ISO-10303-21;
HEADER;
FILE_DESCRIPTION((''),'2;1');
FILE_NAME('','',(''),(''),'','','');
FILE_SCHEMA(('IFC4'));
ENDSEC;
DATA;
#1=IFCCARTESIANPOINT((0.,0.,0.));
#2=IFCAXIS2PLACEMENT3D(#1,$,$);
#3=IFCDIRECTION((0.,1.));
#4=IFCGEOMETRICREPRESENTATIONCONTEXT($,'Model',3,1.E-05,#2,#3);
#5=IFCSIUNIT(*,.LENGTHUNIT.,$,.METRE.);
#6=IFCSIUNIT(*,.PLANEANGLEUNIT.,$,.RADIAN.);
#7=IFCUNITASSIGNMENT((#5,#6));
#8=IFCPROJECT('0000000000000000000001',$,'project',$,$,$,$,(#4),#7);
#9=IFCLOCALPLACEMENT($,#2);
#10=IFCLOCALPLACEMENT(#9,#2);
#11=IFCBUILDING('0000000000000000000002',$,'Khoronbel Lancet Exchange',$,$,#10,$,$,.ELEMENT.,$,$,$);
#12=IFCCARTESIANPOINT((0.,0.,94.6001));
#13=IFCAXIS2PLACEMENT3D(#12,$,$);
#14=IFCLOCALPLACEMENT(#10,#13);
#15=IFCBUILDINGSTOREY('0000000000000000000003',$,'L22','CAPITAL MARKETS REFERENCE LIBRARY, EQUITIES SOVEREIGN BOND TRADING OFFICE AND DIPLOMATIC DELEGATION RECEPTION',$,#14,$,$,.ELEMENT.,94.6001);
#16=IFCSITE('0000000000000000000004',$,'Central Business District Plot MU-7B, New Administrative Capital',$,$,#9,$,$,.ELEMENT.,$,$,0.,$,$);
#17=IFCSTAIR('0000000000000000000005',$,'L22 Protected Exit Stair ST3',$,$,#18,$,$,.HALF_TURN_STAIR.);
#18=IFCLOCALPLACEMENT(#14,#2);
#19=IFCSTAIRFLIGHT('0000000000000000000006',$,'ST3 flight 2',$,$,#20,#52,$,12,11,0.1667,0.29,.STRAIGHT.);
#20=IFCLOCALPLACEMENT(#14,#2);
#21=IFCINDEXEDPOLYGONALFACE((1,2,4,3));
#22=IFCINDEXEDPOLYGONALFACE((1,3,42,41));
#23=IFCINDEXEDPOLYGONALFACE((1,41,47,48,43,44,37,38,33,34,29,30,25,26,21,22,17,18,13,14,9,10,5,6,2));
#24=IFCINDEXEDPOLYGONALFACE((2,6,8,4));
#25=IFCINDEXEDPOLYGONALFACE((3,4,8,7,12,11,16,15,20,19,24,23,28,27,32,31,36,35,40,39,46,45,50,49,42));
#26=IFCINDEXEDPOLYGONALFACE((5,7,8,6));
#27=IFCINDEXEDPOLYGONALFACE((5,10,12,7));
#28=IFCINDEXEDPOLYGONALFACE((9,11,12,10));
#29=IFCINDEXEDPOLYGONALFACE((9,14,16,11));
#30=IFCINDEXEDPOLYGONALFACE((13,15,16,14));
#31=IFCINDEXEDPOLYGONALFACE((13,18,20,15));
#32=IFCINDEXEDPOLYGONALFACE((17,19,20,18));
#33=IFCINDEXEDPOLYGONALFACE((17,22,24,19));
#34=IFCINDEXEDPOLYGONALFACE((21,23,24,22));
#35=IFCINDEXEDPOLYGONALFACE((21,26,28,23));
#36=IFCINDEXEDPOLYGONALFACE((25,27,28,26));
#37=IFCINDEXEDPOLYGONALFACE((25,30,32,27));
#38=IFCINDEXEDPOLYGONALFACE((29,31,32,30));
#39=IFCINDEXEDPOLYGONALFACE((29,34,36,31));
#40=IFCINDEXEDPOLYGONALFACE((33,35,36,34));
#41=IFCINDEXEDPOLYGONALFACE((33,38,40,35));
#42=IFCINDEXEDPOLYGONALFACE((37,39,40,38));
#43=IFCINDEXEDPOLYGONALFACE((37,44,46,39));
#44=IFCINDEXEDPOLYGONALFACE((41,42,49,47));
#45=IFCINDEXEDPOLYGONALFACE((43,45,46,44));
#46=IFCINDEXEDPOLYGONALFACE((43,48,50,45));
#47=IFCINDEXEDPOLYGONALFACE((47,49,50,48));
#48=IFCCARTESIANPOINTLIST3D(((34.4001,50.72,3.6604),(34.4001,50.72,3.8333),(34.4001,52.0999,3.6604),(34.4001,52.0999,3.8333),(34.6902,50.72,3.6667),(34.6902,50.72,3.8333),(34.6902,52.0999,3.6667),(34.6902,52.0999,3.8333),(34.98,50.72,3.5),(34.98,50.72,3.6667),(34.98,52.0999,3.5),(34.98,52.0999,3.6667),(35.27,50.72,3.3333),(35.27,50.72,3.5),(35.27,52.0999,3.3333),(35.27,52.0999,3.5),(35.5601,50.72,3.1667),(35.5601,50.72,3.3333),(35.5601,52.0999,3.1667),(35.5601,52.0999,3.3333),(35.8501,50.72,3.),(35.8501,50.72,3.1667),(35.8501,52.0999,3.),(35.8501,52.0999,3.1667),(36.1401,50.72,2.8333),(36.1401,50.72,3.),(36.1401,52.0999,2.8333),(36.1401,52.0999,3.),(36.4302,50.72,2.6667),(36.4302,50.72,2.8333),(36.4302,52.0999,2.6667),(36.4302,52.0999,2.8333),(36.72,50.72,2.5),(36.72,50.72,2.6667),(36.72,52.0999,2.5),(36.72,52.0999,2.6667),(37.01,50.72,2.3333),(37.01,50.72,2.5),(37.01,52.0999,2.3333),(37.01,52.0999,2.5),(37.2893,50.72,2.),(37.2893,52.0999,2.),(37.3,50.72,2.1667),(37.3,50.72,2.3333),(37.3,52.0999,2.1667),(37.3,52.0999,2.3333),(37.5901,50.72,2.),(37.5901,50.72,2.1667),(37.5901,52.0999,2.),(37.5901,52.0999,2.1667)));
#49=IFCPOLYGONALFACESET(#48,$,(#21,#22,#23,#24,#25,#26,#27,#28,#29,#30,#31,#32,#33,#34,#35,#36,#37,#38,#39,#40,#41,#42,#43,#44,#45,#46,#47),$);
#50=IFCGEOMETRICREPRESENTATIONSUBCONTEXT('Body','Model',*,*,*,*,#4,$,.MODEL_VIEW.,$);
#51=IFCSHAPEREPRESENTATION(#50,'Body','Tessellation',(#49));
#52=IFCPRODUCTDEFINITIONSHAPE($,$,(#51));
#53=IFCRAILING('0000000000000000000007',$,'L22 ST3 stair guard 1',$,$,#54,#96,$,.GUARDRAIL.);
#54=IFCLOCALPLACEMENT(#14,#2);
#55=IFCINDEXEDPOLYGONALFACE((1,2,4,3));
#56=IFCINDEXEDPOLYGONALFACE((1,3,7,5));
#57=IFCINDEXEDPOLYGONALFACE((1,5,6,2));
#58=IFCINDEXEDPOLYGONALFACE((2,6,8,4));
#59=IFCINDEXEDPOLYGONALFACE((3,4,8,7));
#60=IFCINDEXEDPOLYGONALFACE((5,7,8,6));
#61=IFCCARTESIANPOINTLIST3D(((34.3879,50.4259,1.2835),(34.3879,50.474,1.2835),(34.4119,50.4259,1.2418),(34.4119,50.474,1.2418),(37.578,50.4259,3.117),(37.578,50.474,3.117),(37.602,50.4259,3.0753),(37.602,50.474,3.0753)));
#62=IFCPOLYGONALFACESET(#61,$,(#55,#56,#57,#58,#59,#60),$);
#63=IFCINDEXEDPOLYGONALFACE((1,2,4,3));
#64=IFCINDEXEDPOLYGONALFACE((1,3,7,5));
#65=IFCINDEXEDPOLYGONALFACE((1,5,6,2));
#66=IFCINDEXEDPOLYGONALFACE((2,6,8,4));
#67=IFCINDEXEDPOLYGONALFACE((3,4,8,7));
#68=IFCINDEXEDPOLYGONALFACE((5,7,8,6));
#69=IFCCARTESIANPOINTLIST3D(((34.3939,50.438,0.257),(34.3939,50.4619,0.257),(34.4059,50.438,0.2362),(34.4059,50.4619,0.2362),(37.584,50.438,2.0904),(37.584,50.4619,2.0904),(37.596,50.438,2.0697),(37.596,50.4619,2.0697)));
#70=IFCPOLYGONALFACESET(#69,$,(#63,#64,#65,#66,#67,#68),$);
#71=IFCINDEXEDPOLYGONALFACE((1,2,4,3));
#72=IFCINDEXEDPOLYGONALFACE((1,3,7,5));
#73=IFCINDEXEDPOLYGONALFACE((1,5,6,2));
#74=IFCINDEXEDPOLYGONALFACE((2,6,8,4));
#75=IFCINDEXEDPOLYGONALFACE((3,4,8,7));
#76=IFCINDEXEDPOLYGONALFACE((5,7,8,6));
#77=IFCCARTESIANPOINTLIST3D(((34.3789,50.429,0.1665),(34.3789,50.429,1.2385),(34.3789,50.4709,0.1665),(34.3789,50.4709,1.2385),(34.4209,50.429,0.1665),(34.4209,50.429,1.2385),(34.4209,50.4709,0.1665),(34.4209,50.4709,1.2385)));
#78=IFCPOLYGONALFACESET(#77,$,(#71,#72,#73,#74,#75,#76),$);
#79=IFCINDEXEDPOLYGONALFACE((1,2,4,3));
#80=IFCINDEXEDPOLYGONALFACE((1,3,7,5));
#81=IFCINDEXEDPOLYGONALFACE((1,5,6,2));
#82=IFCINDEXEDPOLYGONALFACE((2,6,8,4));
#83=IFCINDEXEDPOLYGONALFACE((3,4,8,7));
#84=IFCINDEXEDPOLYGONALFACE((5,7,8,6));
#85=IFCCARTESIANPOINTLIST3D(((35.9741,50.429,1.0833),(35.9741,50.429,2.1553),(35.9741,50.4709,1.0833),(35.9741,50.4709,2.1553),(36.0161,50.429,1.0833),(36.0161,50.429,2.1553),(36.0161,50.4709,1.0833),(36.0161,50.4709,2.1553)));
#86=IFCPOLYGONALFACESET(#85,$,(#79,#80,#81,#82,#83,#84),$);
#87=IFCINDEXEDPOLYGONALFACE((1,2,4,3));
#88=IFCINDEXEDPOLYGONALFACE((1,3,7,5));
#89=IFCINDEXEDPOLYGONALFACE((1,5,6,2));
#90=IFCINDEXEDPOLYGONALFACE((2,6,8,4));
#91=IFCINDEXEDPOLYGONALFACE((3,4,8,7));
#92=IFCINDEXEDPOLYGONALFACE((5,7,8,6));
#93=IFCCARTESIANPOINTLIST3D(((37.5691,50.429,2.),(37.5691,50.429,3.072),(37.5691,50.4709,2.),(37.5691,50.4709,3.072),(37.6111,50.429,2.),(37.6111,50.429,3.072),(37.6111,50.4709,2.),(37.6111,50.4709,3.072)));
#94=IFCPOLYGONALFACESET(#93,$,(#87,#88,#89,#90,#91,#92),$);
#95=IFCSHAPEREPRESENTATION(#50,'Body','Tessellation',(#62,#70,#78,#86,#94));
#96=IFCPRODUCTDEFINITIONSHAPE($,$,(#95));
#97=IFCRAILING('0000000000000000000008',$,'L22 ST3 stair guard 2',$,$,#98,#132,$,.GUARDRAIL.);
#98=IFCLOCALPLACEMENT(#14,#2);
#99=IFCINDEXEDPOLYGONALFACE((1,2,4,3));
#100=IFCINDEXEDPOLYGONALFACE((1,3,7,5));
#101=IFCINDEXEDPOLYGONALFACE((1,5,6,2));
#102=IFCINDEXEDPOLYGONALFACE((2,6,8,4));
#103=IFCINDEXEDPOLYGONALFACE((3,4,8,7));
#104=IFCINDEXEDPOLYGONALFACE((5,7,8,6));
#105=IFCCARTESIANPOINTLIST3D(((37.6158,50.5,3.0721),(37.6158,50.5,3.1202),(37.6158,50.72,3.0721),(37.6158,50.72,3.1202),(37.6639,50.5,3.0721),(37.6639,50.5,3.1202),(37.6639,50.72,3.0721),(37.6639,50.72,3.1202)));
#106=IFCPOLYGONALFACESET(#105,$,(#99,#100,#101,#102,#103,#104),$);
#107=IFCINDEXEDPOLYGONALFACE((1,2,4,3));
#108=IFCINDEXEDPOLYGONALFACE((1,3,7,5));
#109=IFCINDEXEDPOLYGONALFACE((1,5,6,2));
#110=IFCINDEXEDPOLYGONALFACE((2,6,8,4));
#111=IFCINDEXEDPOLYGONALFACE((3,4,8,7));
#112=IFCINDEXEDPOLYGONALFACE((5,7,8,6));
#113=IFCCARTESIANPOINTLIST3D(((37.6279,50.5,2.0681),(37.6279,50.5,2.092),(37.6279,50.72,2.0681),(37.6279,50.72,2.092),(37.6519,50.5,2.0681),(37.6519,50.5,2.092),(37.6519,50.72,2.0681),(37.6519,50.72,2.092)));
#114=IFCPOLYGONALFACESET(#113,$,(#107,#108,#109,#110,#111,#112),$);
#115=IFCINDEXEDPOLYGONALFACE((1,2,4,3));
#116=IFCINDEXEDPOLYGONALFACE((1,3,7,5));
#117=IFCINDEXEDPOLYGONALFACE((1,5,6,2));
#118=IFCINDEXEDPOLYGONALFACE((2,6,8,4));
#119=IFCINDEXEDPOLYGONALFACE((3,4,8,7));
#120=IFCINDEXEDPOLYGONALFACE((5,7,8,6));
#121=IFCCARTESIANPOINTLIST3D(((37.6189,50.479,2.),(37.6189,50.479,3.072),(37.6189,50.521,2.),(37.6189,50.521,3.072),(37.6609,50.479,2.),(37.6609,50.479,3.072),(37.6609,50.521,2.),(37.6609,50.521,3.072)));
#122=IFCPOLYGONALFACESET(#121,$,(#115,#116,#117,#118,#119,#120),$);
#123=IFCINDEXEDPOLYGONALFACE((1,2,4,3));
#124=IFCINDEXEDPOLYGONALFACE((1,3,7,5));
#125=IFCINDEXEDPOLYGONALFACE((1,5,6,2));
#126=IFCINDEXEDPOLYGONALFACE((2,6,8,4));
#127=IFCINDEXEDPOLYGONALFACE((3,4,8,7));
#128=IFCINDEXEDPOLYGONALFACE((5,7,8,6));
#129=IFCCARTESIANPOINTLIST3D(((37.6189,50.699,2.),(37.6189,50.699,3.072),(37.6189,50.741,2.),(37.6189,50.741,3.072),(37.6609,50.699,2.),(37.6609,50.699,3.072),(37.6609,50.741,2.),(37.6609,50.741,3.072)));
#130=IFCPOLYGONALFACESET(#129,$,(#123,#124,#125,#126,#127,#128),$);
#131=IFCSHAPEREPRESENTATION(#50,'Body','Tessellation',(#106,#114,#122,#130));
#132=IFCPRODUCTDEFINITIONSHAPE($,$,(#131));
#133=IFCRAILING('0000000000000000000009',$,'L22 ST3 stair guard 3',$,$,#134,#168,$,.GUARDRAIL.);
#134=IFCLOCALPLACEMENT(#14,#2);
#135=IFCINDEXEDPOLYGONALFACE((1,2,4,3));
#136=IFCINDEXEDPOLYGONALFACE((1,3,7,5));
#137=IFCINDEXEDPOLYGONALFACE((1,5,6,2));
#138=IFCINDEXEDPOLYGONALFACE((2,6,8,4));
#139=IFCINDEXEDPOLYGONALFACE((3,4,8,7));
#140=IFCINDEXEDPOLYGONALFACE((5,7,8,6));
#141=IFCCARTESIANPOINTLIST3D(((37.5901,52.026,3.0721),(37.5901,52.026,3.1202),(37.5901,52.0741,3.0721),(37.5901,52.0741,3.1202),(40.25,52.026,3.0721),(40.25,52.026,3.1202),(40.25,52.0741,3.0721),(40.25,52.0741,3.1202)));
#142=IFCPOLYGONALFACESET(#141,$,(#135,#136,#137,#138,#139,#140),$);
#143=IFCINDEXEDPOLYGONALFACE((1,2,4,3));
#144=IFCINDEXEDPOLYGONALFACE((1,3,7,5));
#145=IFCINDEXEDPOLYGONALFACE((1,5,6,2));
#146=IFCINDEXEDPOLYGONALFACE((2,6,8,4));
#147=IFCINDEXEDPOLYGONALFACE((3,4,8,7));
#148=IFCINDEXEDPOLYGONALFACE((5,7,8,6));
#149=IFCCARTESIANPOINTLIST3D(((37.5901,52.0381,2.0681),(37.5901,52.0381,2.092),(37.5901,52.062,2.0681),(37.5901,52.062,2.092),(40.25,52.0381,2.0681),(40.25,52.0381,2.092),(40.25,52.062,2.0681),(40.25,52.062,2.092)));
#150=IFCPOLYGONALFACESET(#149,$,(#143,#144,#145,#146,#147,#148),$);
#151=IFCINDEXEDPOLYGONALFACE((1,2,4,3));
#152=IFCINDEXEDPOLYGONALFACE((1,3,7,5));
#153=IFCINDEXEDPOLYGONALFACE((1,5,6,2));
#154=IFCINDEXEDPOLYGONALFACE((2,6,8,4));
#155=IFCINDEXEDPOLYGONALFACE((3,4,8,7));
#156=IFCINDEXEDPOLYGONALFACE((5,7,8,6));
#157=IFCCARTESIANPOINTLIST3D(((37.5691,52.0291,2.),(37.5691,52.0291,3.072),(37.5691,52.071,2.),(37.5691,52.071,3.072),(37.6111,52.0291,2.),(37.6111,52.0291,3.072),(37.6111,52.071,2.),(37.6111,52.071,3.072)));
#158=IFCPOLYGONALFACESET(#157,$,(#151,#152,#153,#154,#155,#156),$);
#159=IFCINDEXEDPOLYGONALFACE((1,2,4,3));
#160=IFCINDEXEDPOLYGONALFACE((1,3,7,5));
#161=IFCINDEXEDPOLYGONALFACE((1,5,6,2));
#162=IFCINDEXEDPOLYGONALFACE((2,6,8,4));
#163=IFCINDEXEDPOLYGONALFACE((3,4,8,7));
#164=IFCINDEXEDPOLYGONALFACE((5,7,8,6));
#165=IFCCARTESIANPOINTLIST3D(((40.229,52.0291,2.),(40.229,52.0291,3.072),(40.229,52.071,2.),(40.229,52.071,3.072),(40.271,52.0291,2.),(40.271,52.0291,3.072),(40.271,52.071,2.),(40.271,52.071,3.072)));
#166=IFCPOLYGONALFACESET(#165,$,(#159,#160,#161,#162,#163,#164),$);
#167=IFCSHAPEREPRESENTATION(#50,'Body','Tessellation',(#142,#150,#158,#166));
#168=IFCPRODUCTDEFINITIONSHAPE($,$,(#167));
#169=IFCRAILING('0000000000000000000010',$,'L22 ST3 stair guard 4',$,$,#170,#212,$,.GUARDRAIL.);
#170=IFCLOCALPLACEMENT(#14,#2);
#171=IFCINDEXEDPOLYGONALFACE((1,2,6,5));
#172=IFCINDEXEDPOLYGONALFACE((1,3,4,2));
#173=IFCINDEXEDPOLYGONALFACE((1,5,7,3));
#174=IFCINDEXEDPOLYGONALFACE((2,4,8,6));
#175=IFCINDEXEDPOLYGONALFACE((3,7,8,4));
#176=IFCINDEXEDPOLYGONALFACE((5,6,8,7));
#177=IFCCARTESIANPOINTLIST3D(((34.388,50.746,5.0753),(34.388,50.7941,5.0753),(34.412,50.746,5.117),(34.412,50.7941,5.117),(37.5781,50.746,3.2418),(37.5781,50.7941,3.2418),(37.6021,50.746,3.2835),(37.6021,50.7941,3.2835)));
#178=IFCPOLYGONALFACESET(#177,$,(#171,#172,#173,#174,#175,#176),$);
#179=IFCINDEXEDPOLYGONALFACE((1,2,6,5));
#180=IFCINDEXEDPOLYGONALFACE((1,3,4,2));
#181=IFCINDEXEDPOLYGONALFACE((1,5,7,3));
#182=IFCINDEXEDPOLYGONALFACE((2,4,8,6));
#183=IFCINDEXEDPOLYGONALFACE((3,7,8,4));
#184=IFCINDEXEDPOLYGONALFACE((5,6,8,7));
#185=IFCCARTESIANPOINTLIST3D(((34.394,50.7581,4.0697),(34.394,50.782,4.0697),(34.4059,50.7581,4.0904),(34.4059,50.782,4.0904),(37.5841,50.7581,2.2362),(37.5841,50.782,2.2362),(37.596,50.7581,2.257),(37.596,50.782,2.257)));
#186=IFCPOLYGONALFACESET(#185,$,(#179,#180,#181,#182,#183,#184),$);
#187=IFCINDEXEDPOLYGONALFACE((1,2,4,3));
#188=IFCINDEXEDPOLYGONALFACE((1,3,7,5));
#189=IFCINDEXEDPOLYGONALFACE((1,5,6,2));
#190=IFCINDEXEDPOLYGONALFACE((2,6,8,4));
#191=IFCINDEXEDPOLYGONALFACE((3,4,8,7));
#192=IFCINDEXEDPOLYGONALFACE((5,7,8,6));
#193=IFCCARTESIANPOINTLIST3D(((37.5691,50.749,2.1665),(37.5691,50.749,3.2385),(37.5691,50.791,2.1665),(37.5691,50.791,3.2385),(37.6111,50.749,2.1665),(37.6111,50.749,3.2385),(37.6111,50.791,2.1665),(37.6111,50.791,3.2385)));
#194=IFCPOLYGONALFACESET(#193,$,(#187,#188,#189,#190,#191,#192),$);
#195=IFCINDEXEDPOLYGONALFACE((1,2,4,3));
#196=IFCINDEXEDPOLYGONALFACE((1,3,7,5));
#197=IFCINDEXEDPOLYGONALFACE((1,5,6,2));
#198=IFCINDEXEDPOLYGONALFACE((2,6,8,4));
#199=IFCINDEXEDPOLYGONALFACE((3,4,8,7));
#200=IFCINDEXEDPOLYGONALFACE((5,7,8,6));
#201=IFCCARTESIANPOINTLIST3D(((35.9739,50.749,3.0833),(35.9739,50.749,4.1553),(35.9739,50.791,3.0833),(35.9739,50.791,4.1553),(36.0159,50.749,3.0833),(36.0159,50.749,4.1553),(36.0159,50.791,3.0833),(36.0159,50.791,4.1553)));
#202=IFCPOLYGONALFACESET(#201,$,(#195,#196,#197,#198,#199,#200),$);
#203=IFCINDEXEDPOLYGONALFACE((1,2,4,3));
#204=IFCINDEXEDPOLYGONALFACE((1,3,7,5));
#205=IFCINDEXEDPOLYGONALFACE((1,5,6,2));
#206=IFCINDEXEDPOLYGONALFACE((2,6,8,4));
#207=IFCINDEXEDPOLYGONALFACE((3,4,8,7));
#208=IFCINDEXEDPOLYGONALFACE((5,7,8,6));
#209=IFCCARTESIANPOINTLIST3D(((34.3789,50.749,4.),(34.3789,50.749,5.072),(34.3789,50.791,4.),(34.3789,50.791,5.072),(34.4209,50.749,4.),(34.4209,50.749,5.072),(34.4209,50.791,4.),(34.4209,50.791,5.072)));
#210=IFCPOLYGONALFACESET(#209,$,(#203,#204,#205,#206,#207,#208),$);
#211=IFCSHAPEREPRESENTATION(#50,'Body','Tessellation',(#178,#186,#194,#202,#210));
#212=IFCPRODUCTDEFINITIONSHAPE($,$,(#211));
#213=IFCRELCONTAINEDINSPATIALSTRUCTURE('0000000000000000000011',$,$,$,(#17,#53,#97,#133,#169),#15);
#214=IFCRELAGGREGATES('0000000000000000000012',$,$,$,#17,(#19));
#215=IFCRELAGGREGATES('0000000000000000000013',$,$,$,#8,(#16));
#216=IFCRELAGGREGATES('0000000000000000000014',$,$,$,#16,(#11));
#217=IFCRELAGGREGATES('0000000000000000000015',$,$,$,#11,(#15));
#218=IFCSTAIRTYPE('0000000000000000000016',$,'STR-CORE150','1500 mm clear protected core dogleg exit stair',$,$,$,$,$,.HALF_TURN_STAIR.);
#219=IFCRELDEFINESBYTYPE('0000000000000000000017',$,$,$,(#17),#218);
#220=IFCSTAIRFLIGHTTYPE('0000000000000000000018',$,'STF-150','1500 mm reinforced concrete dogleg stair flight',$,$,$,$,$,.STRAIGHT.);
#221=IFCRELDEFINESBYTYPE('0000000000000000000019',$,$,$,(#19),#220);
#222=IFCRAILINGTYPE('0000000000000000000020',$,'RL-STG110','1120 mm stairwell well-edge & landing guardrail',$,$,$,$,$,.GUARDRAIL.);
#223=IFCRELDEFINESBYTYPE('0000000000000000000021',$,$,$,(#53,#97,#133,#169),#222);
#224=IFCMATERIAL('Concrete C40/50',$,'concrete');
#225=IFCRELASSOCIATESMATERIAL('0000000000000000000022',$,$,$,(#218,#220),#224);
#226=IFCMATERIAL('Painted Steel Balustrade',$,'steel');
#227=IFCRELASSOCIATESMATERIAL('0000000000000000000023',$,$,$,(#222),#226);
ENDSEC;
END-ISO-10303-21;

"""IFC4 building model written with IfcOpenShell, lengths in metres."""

from ifc_helpers import new_model, si_unit, direction, frame, origin, origin_2d, place, context, subcontext, project, spatial, polyline, rectangle, outline, extrude, material, type_object, element, aggregate, save


model = new_model("IFC4")

# Units and contexts
model_context = context("Model", 3, precision=1e-05, world=origin(), true_north=direction((0.0, 1.0)))
body_context = subcontext(model_context, "Body", "Model", "MODEL_VIEW")
ifc_project = project(units=[si_unit("LENGTHUNIT", "METRE"), si_unit("PLANEANGLEUNIT", "RADIAN")], contexts=[model_context])

# Site, building, storey
site_placement = place(None, origin())
site = spatial("IfcSite", under=ifc_project, at=site_placement, Name="Central Business District Plot MU-7B, New Administrative Capital", CompositionType="ELEMENT", RefElevation=0.0)
building_placement = place(site_placement, origin())
building = spatial("IfcBuilding", under=site, at=building_placement, Name="Khoronbel Lancet Exchange", CompositionType="ELEMENT")
storey_placement = place(building_placement, frame((0.0, 0.0, 94.6001)))
storey = spatial("IfcBuildingStorey", under=building, at=storey_placement, Name="L22", Description="CAPITAL MARKETS REFERENCE LIBRARY, EQUITIES SOVEREIGN BOND TRADING OFFICE AND DIPLOMATIC DELEGATION RECEPTION", CompositionType="ELEMENT", Elevation=94.6001)

# Stair, stair flight
ifc_material_1 = material(Name="Concrete C40/50", Category="concrete")
stair_type = type_object("IfcStairType", Name="STR-CORE150", Description="1500 mm clear protected core dogleg exit stair", PredefinedType="HALF_TURN_STAIR", material=ifc_material_1)
stair_placement = place(storey_placement, origin())
stair = element("IfcStair", 1, at=stair_placement, inside=storey, type_object=stair_type, Name="L22 Protected Exit Stair ST3", PredefinedType="HALF_TURN_STAIR")
stair_flight_type = type_object("IfcStairFlightType", Name="STF-150", Description="1500 mm reinforced concrete dogleg stair flight", PredefinedType="STRAIGHT", material=ifc_material_1)
stair_flight_1_placement = place(storey_placement, frame((37.5901, 51.4099, 2.0), z_axis=(0.0, 0.0, 1.0), x_axis=(-1.0, 0.0, 0.0)))
stair_flight_1 = element("IfcStairFlight", 2, at=stair_flight_1_placement, type_object=stair_flight_type, Name="ST3 flight 2", NumberOfRisers=12, NumberOfTreads=11, PredefinedType="STRAIGHT", RiserHeight=0.1667, TreadLength=0.29, context=body_context, shape_type="SweptSolid", body=[
    extrude(outline(polyline([(0.0, 0.0), (0.0, 0.1667), (0.29, 0.1667), (0.29, 0.3333), (0.5801, 0.3333), (0.5801, 0.5), (0.8701, 0.5), (0.8701, 0.6667), (1.1599, 0.6667), (1.1599, 0.8333), (1.45, 0.8333), (1.45, 1.0), (1.74, 1.0), (1.74, 1.1667), (2.03, 1.1667), (2.03, 1.3333), (2.3201, 1.3333), (2.3201, 1.5), (2.6101, 1.5), (2.6101, 1.6667), (2.8999, 1.6667), (2.8999, 1.8333), (3.1899, 1.8333), (3.1899, 2.0), (3.1899, 1.6604), (0.3008, 0.0), (0.0, 0.0)])), frame((0.0, 0.6899, 0.0), z_axis=(0.0, -1.0, 0.0), x_axis=(1.0, 0.0, 0.0)), (0.0, 0.0, 1.0), 1.3799),
])
aggregate(stair, [stair_flight_1])

# Railings
ifc_material_2 = material(Name="Painted Steel Balustrade", Category="steel")
railing_type_1 = type_object("IfcRailingType", Name="RL-STG110", Description="1120 mm stairwell well-edge & landing guardrail", PredefinedType="GUARDRAIL", material=ifc_material_2)
railing_1_placement = place(storey_placement, frame((34.3999, 50.45, 0.1665)))
element("IfcRailing", 3, at=railing_1_placement, inside=storey, type_object=railing_type_1, Name="L22 ST3 stair guard 1", PredefinedType="GUARDRAIL", context=body_context, shape_type="SweptSolid", body=[
    extrude(rectangle(XDim=0.0481, YDim=0.0481, at=origin_2d()), frame((0.0, 0.0, 1.0962), z_axis=(0.867007, 0.0, 0.498295), x_axis=(0.0, 1.0, 0.0)), (0.0, 0.0, 1.0), 3.6794),
    extrude(rectangle(XDim=0.0239, YDim=0.0239, at=origin_2d()), frame((0.0, 0.0, 0.0801), z_axis=(0.867007, 0.0, 0.498295), x_axis=(0.0, 1.0, 0.0)), (0.0, 0.0, 1.0), 3.6794),
    extrude(rectangle(XDim=0.042, YDim=0.042, at=origin_2d()), origin(), (0.0, 0.0, 1.0), 1.072),
    extrude(rectangle(XDim=0.042, YDim=0.042, at=origin_2d()), frame((1.5952, 0.0, 0.9167)), (0.0, 0.0, 1.0), 1.072),
    extrude(rectangle(XDim=0.042, YDim=0.042, at=origin_2d()), frame((3.1902, 0.0, 1.8335)), (0.0, 0.0, 1.0), 1.072),
])
railing_2_placement = place(storey_placement, frame((37.6399, 50.5, 2.0)))
element("IfcRailing", 4, at=railing_2_placement, inside=storey, type_object=railing_type_1, Name="L22 ST3 stair guard 2", PredefinedType="GUARDRAIL", context=body_context, shape_type="SweptSolid", body=[
    extrude(rectangle(XDim=0.0481, YDim=0.0481, at=origin_2d()), frame((0.0, 0.0, 1.0962), z_axis=(0.0, 1.0, 0.0), x_axis=(-1.0, 0.0, 0.0)), (0.0, 0.0, 1.0), 0.22),
    extrude(rectangle(XDim=0.0239, YDim=0.0239, at=origin_2d()), frame((0.0, 0.0, 0.0801), z_axis=(0.0, 1.0, 0.0), x_axis=(-1.0, 0.0, 0.0)), (0.0, 0.0, 1.0), 0.22),
    extrude(rectangle(XDim=0.042, YDim=0.042, at=origin_2d()), origin(), (0.0, 0.0, 1.0), 1.072),
    extrude(rectangle(XDim=0.042, YDim=0.042, at=origin_2d()), frame((0.0, 0.22, 0.0)), (0.0, 0.0, 1.0), 1.072),
])
railing_3_placement = place(storey_placement, frame((37.5901, 52.05, 2.0)))
element("IfcRailing", 5, at=railing_3_placement, inside=storey, type_object=railing_type_1, Name="L22 ST3 stair guard 3", PredefinedType="GUARDRAIL", context=body_context, shape_type="SweptSolid", body=[
    extrude(rectangle(XDim=0.0481, YDim=0.0481, at=origin_2d()), frame((0.0, 0.0, 1.0962), z_axis=(1.0, 0.0, 0.0), x_axis=(0.0, 1.0, 0.0)), (0.0, 0.0, 1.0), 2.6599),
    extrude(rectangle(XDim=0.0239, YDim=0.0239, at=origin_2d()), frame((0.0, 0.0, 0.0801), z_axis=(1.0, 0.0, 0.0), x_axis=(0.0, 1.0, 0.0)), (0.0, 0.0, 1.0), 2.6599),
    extrude(rectangle(XDim=0.042, YDim=0.042, at=origin_2d()), origin(), (0.0, 0.0, 1.0), 1.072),
    extrude(rectangle(XDim=0.042, YDim=0.042, at=origin_2d()), frame((2.6599, 0.0, 0.0)), (0.0, 0.0, 1.0), 1.072),
])
railing_4_placement = place(storey_placement, frame((37.5901, 50.77, 2.1665)))
element("IfcRailing", 6, at=railing_4_placement, inside=storey, type_object=railing_type_1, Name="L22 ST3 stair guard 4", PredefinedType="GUARDRAIL", context=body_context, shape_type="SweptSolid", body=[
    extrude(rectangle(XDim=0.0481, YDim=0.0481, at=origin_2d()), frame((0.0, 0.0, 1.0962), z_axis=(-0.867007, 0.0, 0.498295), x_axis=(0.0, -1.0, 0.0)), (0.0, 0.0, 1.0), 3.6794),
    extrude(rectangle(XDim=0.0239, YDim=0.0239, at=origin_2d()), frame((0.0, 0.0, 0.0801), z_axis=(-0.867007, 0.0, 0.498295), x_axis=(0.0, -1.0, 0.0)), (0.0, 0.0, 1.0), 3.6794),
    extrude(rectangle(XDim=0.042, YDim=0.042, at=origin_2d()), origin(), (0.0, 0.0, 1.0), 1.072),
    extrude(rectangle(XDim=0.042, YDim=0.042, at=origin_2d()), frame((-1.5952, 0.0, 0.9167)), (0.0, 0.0, 1.0), 1.072),
    extrude(rectangle(XDim=0.042, YDim=0.042, at=origin_2d()), frame((-3.1902, 0.0, 1.8335)), (0.0, 0.0, 1.0), 1.072),
])

save(model, "model.ifc")
